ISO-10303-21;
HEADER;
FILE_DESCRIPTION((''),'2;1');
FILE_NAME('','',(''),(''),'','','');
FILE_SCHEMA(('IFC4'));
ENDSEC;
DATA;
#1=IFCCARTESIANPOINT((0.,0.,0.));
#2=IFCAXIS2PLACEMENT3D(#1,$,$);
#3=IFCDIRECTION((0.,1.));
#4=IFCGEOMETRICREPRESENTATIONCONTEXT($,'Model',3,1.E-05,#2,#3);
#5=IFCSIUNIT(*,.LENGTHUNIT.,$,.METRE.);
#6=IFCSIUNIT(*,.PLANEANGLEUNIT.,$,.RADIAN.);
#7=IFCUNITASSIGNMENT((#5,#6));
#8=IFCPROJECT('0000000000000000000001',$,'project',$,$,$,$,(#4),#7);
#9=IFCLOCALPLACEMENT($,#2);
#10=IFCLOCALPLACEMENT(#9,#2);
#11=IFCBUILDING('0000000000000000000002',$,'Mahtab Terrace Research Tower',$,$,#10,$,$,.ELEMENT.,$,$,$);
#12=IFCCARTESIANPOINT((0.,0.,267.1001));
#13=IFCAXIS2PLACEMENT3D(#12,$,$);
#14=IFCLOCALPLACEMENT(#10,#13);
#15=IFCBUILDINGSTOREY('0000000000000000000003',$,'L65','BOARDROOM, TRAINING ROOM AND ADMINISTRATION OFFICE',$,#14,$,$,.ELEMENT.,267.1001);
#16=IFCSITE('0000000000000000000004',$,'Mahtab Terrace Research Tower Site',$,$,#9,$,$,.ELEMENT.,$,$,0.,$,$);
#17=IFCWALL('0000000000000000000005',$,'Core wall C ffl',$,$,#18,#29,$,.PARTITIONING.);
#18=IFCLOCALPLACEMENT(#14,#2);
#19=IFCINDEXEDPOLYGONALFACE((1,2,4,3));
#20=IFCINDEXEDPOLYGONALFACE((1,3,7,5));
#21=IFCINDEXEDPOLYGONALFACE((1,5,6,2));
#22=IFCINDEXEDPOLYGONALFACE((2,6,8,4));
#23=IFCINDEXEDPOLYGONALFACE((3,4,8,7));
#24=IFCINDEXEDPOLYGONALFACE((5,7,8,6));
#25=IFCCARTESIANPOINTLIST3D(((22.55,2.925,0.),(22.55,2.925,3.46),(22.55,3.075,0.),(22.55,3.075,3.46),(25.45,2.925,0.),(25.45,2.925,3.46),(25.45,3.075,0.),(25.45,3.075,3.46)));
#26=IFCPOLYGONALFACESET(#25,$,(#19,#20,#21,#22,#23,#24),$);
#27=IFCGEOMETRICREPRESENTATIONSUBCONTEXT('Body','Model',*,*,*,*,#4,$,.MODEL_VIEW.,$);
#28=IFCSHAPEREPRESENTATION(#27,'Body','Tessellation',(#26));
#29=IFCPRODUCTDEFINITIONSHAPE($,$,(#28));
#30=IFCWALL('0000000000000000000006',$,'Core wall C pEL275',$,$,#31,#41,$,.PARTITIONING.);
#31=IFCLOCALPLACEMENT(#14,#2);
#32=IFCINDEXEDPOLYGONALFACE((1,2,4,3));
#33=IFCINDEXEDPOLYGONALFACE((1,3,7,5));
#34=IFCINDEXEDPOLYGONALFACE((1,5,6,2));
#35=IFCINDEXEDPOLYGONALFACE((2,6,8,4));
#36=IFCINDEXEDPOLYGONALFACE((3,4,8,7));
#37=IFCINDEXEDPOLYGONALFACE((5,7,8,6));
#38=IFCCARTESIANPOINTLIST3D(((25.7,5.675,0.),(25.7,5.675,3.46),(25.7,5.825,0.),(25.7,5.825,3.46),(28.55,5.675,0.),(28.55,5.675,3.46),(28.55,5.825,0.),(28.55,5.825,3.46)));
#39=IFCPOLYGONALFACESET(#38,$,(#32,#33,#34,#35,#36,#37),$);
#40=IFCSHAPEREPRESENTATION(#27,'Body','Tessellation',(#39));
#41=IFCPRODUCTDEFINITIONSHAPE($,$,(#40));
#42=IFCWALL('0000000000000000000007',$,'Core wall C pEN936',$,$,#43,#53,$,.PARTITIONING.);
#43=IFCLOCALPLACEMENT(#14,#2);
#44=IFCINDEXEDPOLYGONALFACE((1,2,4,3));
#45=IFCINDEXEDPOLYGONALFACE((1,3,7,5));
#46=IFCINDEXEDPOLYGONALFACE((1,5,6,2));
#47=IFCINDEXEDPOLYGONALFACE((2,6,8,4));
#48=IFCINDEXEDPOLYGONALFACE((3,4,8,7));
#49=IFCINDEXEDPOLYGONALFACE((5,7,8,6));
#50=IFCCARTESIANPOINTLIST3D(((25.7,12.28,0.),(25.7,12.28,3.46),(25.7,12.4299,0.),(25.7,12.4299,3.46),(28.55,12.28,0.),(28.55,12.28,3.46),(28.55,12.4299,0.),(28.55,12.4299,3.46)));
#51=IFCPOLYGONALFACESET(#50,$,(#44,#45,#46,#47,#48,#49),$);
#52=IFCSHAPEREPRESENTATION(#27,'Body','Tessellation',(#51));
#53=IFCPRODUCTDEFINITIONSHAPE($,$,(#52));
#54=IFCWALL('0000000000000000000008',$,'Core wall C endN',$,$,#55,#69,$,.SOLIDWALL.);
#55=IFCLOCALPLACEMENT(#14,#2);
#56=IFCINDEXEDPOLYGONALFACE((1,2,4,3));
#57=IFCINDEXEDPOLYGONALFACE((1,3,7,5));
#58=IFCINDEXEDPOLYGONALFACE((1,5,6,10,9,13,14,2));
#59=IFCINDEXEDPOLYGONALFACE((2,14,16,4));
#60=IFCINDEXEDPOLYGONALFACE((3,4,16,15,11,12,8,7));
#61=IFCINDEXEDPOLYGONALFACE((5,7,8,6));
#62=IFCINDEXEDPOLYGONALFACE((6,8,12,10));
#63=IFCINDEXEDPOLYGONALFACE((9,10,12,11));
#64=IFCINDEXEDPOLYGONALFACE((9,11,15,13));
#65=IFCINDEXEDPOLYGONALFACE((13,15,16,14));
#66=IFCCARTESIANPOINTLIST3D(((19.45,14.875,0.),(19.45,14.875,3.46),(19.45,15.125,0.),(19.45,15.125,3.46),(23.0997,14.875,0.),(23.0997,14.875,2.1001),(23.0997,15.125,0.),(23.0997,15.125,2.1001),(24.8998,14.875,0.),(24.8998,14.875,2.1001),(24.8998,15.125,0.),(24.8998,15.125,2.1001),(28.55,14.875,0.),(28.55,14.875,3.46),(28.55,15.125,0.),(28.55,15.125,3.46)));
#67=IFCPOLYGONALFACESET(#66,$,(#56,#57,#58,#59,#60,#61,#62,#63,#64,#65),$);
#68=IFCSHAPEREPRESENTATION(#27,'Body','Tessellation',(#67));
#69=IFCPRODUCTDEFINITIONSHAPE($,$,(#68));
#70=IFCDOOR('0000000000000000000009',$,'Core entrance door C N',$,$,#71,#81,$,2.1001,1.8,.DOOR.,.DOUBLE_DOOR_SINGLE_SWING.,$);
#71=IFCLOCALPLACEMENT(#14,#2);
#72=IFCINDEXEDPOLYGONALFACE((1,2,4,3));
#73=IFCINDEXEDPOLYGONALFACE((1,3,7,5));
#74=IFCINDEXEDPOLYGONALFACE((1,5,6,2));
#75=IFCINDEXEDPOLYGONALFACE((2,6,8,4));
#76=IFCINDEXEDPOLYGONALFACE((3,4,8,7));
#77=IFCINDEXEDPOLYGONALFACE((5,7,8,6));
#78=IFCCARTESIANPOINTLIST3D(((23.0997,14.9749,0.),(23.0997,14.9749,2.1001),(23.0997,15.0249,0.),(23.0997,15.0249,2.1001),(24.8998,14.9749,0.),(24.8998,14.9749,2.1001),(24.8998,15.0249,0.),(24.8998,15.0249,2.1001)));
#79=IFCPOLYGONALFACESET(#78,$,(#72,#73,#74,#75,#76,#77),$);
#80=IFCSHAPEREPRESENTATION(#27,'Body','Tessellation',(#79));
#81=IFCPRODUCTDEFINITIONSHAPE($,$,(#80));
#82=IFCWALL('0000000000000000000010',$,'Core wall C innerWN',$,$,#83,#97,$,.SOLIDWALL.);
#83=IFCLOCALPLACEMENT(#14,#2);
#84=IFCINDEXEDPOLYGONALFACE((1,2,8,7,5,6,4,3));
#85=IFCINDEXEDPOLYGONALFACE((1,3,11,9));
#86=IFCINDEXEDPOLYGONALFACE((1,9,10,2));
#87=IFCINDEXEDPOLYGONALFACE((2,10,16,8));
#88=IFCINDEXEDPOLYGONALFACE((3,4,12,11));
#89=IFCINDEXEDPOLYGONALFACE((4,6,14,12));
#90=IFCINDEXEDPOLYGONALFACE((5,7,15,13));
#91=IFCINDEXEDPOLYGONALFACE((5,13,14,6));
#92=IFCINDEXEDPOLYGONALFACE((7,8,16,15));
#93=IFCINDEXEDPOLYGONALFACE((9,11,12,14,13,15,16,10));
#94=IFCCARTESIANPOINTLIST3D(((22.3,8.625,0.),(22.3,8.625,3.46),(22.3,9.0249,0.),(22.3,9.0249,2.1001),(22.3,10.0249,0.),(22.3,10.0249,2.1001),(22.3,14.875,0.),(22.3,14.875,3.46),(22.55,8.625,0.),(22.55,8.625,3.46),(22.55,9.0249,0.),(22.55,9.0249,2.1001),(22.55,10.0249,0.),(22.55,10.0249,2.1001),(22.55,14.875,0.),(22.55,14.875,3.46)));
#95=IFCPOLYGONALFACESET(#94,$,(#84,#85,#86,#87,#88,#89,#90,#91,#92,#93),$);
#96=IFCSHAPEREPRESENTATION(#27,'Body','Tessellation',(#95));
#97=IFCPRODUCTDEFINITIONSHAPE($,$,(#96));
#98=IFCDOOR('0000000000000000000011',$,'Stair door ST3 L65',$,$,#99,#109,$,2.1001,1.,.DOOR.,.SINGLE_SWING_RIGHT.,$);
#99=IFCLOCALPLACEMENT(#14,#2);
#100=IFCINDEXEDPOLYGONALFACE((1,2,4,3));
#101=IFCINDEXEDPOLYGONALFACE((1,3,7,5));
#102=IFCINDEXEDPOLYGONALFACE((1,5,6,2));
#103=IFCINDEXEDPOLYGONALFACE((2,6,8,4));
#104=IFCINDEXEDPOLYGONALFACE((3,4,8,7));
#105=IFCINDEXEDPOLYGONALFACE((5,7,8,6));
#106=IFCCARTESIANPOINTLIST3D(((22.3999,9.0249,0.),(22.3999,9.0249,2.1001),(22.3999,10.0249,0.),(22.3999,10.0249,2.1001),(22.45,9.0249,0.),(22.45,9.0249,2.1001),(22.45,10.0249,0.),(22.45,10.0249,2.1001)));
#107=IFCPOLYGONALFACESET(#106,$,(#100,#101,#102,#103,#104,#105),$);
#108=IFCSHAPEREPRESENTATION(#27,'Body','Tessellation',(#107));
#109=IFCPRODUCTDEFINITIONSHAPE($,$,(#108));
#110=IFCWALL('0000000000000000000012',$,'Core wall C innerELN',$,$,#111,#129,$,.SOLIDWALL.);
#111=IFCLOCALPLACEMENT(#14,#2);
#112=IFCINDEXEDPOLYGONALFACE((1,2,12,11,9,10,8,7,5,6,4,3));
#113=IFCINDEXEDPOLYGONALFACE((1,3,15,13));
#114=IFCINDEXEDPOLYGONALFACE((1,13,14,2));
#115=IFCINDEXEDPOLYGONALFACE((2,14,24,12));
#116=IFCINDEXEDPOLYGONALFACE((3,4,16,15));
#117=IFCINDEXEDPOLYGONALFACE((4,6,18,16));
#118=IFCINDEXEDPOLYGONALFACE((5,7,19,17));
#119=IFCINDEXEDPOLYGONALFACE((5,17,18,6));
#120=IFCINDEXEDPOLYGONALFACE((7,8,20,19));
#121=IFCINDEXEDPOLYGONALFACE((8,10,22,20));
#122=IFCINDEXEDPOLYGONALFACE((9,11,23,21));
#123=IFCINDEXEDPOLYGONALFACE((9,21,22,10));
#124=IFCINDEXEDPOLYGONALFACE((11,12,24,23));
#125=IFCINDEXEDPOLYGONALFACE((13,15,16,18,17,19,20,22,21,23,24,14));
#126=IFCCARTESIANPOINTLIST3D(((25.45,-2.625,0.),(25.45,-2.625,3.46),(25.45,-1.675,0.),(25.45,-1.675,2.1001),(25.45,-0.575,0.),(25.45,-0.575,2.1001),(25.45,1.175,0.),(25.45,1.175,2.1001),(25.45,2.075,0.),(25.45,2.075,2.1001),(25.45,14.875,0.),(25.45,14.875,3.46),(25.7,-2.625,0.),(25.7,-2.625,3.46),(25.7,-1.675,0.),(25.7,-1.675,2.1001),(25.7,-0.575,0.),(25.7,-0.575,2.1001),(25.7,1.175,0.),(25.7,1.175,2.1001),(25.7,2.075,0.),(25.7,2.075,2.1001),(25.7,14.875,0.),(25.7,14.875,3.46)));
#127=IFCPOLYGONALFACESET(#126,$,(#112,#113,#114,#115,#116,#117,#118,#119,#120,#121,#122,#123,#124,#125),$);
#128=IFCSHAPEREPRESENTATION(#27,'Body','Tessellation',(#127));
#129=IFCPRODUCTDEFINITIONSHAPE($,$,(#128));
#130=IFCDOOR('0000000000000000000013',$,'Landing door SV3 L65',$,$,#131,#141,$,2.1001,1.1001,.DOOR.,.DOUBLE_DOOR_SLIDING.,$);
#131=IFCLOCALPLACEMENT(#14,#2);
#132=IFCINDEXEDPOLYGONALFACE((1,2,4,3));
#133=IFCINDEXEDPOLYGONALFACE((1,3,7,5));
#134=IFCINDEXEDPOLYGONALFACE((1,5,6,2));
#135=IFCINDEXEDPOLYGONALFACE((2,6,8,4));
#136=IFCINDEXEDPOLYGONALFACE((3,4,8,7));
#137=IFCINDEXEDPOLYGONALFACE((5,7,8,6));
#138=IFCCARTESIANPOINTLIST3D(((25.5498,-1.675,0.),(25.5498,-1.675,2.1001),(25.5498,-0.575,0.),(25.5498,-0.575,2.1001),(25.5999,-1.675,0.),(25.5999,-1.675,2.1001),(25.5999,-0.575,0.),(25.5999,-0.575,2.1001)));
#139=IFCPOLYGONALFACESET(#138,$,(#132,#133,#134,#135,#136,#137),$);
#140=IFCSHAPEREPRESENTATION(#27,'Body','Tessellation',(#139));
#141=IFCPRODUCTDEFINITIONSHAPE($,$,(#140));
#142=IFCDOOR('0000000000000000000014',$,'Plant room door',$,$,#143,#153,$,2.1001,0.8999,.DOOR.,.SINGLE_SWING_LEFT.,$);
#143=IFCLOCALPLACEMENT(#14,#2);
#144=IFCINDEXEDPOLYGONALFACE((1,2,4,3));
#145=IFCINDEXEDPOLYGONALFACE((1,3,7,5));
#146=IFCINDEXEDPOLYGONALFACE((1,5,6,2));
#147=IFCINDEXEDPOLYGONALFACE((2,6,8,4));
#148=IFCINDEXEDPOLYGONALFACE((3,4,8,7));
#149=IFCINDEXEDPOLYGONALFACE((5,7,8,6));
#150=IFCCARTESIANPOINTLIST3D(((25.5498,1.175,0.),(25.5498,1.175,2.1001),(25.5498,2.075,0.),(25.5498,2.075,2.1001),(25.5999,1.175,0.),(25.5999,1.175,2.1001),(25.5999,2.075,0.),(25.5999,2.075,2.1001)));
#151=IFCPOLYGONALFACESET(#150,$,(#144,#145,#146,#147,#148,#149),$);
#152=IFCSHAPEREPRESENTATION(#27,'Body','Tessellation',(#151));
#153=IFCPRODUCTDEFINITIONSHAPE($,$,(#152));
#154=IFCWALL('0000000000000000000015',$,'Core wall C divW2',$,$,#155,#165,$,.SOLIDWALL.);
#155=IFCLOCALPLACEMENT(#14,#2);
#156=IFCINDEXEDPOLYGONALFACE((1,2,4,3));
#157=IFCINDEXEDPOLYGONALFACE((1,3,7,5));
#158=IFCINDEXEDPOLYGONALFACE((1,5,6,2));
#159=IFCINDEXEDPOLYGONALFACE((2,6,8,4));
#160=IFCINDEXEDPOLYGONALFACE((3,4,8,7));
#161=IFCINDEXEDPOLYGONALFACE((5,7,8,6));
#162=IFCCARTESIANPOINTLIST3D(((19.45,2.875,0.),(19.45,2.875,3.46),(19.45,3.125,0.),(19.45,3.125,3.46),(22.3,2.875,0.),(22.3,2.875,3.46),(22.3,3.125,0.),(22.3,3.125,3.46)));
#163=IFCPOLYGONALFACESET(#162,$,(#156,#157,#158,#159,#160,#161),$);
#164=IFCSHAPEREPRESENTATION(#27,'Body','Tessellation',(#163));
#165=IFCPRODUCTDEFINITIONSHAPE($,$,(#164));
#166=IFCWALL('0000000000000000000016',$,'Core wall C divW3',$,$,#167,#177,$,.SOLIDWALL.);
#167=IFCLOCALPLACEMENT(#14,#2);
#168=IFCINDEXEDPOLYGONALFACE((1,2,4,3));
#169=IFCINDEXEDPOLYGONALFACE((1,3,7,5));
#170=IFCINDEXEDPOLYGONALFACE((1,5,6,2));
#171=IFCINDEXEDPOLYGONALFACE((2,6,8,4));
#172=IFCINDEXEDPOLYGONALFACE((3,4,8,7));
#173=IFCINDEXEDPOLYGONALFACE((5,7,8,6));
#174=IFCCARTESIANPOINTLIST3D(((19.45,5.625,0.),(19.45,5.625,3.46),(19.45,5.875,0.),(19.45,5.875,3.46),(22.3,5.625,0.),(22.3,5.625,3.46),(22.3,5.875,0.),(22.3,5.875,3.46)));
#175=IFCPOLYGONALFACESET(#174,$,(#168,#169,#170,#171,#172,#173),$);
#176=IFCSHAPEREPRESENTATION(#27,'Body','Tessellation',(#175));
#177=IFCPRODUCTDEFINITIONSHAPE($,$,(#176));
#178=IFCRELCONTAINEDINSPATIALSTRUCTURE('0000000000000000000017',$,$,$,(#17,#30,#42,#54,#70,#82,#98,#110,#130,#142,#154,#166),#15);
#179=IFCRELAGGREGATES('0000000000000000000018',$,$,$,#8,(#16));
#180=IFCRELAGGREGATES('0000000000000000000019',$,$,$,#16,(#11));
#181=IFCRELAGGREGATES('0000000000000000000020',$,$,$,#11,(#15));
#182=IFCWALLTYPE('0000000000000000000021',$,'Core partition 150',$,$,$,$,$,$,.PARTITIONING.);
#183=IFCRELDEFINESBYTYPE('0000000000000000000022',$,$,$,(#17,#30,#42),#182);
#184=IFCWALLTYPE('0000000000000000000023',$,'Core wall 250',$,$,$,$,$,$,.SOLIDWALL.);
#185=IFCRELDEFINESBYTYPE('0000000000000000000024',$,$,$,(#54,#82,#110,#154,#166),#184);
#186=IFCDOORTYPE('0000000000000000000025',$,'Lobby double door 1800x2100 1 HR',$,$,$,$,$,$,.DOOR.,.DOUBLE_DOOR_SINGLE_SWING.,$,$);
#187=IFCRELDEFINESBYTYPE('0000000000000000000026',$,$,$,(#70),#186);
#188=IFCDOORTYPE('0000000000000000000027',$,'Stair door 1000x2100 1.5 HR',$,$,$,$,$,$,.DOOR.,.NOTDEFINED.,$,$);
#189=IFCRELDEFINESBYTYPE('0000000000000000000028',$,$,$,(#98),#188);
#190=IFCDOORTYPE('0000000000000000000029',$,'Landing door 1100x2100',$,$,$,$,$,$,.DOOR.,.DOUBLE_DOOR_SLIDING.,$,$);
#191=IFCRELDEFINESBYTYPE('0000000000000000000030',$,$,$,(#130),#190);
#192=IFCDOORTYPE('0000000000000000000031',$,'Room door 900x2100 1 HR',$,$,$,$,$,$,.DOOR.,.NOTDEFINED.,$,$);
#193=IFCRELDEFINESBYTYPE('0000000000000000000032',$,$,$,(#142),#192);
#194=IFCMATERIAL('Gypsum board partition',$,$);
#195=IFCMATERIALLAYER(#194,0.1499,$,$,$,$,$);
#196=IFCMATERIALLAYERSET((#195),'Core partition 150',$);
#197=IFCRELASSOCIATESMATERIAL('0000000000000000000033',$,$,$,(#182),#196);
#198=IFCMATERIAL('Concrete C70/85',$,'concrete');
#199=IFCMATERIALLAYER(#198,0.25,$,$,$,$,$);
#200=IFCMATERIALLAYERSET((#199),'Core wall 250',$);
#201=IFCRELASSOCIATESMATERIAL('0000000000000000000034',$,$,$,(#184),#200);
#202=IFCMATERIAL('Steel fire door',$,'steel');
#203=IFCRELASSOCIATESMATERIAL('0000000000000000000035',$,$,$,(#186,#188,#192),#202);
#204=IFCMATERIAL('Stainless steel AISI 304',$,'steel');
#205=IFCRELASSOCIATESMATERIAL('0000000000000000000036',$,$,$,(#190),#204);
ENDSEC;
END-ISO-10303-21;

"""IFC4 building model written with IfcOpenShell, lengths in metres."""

from ifc_helpers import new_model, si_unit, direction, frame, frame_2d, origin, place, context, subcontext, project, spatial, rectangle, extrude, material, layer, layer_set, type_object, element, fill, save


model = new_model("IFC4")

# Units and contexts
model_context = context("Model", 3, precision=1e-05, world=origin(), true_north=direction((0.0, 1.0)))
body_context = subcontext(model_context, "Body", "Model", "MODEL_VIEW")
ifc_project = project(units=[si_unit("LENGTHUNIT", "METRE"), si_unit("PLANEANGLEUNIT", "RADIAN")], contexts=[model_context])

# Site, building, storey
site_placement = place(None, origin())
site = spatial("IfcSite", under=ifc_project, at=site_placement, Name="Mahtab Terrace Research Tower Site", CompositionType="ELEMENT", RefElevation=0.0)
building_placement = place(site_placement, origin())
building = spatial("IfcBuilding", under=site, at=building_placement, Name="Mahtab Terrace Research Tower", CompositionType="ELEMENT")
storey_placement = place(building_placement, frame((0.0, 0.0, 267.1001)))
storey = spatial("IfcBuildingStorey", under=building, at=storey_placement, Name="L65", Description="BOARDROOM, TRAINING ROOM AND ADMINISTRATION OFFICE", CompositionType="ELEMENT", Elevation=267.1001)

# Walls
ifc_material_1 = material(Name="Gypsum board partition")
ifc_layer_1 = layer(ifc_material_1, 0.1499)
ifc_layer_set_1 = layer_set([ifc_layer_1], Name="Core partition 150")
wall_type_1 = type_object("IfcWallType", Name="Core partition 150", PredefinedType="PARTITIONING", material=ifc_layer_set_1)
wall_1_placement = place(storey_placement, frame((22.55, 3.0, 0.0), z_axis=(0.0, 0.0, 1.0), x_axis=(1.0, 0.0, 0.0)))
element("IfcWall", 1, at=wall_1_placement, inside=storey, type_object=wall_type_1, Name="Core wall C ffl", PredefinedType="PARTITIONING", context=body_context, shape_type="SweptSolid", body=[
    extrude(rectangle(XDim=2.8999, YDim=0.1499, at=frame_2d((1.45, 0.0))), origin(), (0.0, 0.0, 1.0), 3.46),
])
for number, where, z_axis, x_axis, name in (
    (2, (25.7, 5.75, 0.0), (0.0, 0.0, 1.0), (1.0, 0.0, 0.0), "Core wall C pEL275"),
    (3, (25.7, 12.355, 0.0), (0.0, 0.0, 1.0), (1.0, 0.0, 0.0), "Core wall C pEN936"),
):
    element("IfcWall", number, at=place(storey_placement, frame(where, z_axis=z_axis, x_axis=x_axis)), inside=storey, type_object=wall_type_1, Name=name, PredefinedType="PARTITIONING", context=body_context, shape_type="SweptSolid", body=[
        extrude(rectangle(XDim=2.8501, YDim=0.1499, at=frame_2d((1.425, 0.0))), origin(), (0.0, 0.0, 1.0), 3.46),
    ])

# Walls, openings, doors
ifc_material_2 = material(Name="Concrete C70/85", Category="concrete")
ifc_layer_2 = layer(ifc_material_2, 0.25)
ifc_layer_set_2 = layer_set([ifc_layer_2], Name="Core wall 250")
wall_type_2 = type_object("IfcWallType", Name="Core wall 250", PredefinedType="SOLIDWALL", material=ifc_layer_set_2)
wall_2_placement = place(storey_placement, frame((19.45, 15.0, 0.0), z_axis=(0.0, 0.0, 1.0), x_axis=(1.0, 0.0, 0.0)))
wall_2 = element("IfcWall", 4, at=wall_2_placement, inside=storey, type_object=wall_type_2, Name="Core wall C endN", PredefinedType="SOLIDWALL", context=body_context, shape_type="SweptSolid", body=[
    extrude(rectangle(XDim=9.1001, YDim=0.25, at=frame_2d((4.55, 0.0))), origin(), (0.0, 0.0, 1.0), 3.46),
])
opening_1_placement = place(wall_2_placement, frame((3.6499, 0.0, 0.0)))
opening_1 = element("IfcOpeningElement", 5, at=opening_1_placement, cuts=wall_2, PredefinedType="OPENING", context=body_context, shape_type="SweptSolid", body=[
    extrude(rectangle(XDim=1.8, YDim=2.1001, at=frame_2d((0.8999, 1.05))), frame((0.0, 0.135, 0.0), z_axis=(0.0, -1.0, 0.0), x_axis=(1.0, 0.0, 0.0)), (0.0, 0.0, 1.0), 0.27),
])
ifc_material_3 = material(Name="Steel fire door", Category="steel")
door_type_1 = type_object("IfcDoorType", Name="Lobby double door 1800x2100 1 HR", OperationType="DOUBLE_DOOR_SINGLE_SWING", PredefinedType="DOOR", material=ifc_material_3)
door_1_placement = place(opening_1_placement, origin())
door_1 = element("IfcDoor", 6, at=door_1_placement, inside=storey, type_object=door_type_1, Name="Core entrance door C N", OperationType="DOUBLE_DOOR_SINGLE_SWING", OverallHeight=2.1001, OverallWidth=1.8, PredefinedType="DOOR", context=body_context, shape_type="SweptSolid", body=[
    extrude(rectangle(XDim=1.8, YDim=2.1001, at=frame_2d((0.8999, 1.05))), frame((0.0, 0.0249, 0.0), z_axis=(0.0, -1.0, 0.0), x_axis=(1.0, 0.0, 0.0)), (0.0, 0.0, 1.0), 0.05),
])
fill(opening_1, door_1)
wall_3_placement = place(storey_placement, frame((22.425, 14.875, 0.0), z_axis=(0.0, 0.0, 1.0), x_axis=(0.0, -1.0, 0.0)))
wall_3 = element("IfcWall", 7, at=wall_3_placement, inside=storey, type_object=wall_type_2, Name="Core wall C innerWN", PredefinedType="SOLIDWALL", context=body_context, shape_type="SweptSolid", body=[
    extrude(rectangle(XDim=6.25, YDim=0.25, at=frame_2d((3.125, 0.0))), origin(), (0.0, 0.0, 1.0), 3.46),
])
opening_2_placement = place(wall_3_placement, frame((4.8501, 0.0, 0.0)))
opening_2 = element("IfcOpeningElement", 8, at=opening_2_placement, cuts=wall_3, PredefinedType="OPENING", context=body_context, shape_type="SweptSolid", body=[
    extrude(rectangle(XDim=1.0, YDim=2.1001, at=frame_2d((0.5, 1.05))), frame((0.0, 0.135, 0.0), z_axis=(0.0, -1.0, 0.0), x_axis=(1.0, 0.0, 0.0)), (0.0, 0.0, 1.0), 0.27),
])
door_type_2 = type_object("IfcDoorType", Name="Stair door 1000x2100 1.5 HR", OperationType="NOTDEFINED", PredefinedType="DOOR", material=ifc_material_3)
door_2_placement = place(opening_2_placement, origin())
door_2 = element("IfcDoor", 9, at=door_2_placement, inside=storey, type_object=door_type_2, Name="Stair door ST3 L65", OperationType="SINGLE_SWING_RIGHT", OverallHeight=2.1001, OverallWidth=1.0, PredefinedType="DOOR", context=body_context, shape_type="SweptSolid", body=[
    extrude(rectangle(XDim=1.0, YDim=2.1001, at=frame_2d((0.5, 1.05))), frame((0.0, 0.0249, 0.0), z_axis=(0.0, -1.0, 0.0), x_axis=(1.0, 0.0, 0.0)), (0.0, 0.0, 1.0), 0.05),
])
fill(opening_2, door_2)

# Wall, openings, doors
wall_4_placement = place(storey_placement, frame((25.575, 14.875, 0.0), z_axis=(0.0, 0.0, 1.0), x_axis=(0.0, -1.0, 0.0)))
wall_4 = element("IfcWall", 10, at=wall_4_placement, inside=storey, type_object=wall_type_2, Name="Core wall C innerELN", PredefinedType="SOLIDWALL", context=body_context, shape_type="SweptSolid", body=[
    extrude(rectangle(XDim=17.5, YDim=0.25, at=frame_2d((8.75, 0.0))), origin(), (0.0, 0.0, 1.0), 3.46),
])
opening_3_placement = place(wall_4_placement, frame((15.45, 0.0, 0.0)))
opening_3 = element("IfcOpeningElement", 11, at=opening_3_placement, cuts=wall_4, PredefinedType="OPENING", context=body_context, shape_type="SweptSolid", body=[
    extrude(rectangle(XDim=1.1001, YDim=2.1001, at=frame_2d((0.55, 1.05))), frame((0.0, 0.135, 0.0), z_axis=(0.0, -1.0, 0.0), x_axis=(1.0, 0.0, 0.0)), (0.0, 0.0, 1.0), 0.27),
])
opening_4_placement = place(wall_4_placement, frame((12.8, 0.0, 0.0)))
opening_4 = element("IfcOpeningElement", 12, at=opening_4_placement, cuts=wall_4, PredefinedType="OPENING", context=body_context, shape_type="SweptSolid", body=[
    extrude(rectangle(XDim=0.8999, YDim=2.1001, at=frame_2d((0.45, 1.05))), frame((0.0, 0.135, 0.0), z_axis=(0.0, -1.0, 0.0), x_axis=(1.0, 0.0, 0.0)), (0.0, 0.0, 1.0), 0.27),
])
ifc_material_4 = material(Name="Stainless steel AISI 304", Category="steel")
door_type_3 = type_object("IfcDoorType", Name="Landing door 1100x2100", OperationType="DOUBLE_DOOR_SLIDING", PredefinedType="DOOR", material=ifc_material_4)
door_3_placement = place(opening_3_placement, origin())
door_3 = element("IfcDoor", 13, at=door_3_placement, inside=storey, type_object=door_type_3, Name="Landing door SV3 L65", OperationType="DOUBLE_DOOR_SLIDING", OverallHeight=2.1001, OverallWidth=1.1001, PredefinedType="DOOR", context=body_context, shape_type="SweptSolid", body=[
    extrude(rectangle(XDim=1.1001, YDim=2.1001, at=frame_2d((0.55, 1.05))), frame((0.0, 0.0249, 0.0), z_axis=(0.0, -1.0, 0.0), x_axis=(1.0, 0.0, 0.0)), (0.0, 0.0, 1.0), 0.05),
])
fill(opening_3, door_3)
door_type_4 = type_object("IfcDoorType", Name="Room door 900x2100 1 HR", OperationType="NOTDEFINED", PredefinedType="DOOR", material=ifc_material_3)
door_4_placement = place(opening_4_placement, origin())
door_4 = element("IfcDoor", 14, at=door_4_placement, inside=storey, type_object=door_type_4, Name="Plant room door", OperationType="SINGLE_SWING_LEFT", OverallHeight=2.1001, OverallWidth=0.8999, PredefinedType="DOOR", context=body_context, shape_type="SweptSolid", body=[
    extrude(rectangle(XDim=0.8999, YDim=2.1001, at=frame_2d((0.45, 1.05))), frame((0.0, 0.0249, 0.0), z_axis=(0.0, -1.0, 0.0), x_axis=(1.0, 0.0, 0.0)), (0.0, 0.0, 1.0), 0.05),
])
fill(opening_4, door_4)

# Walls
for number, where, z_axis, x_axis, name in (
    (15, (19.45, 3.0, 0.0), (0.0, 0.0, 1.0), (1.0, 0.0, 0.0), "Core wall C divW2"),
    (16, (19.45, 5.75, 0.0), (0.0, 0.0, 1.0), (1.0, 0.0, 0.0), "Core wall C divW3"),
):
    element("IfcWall", number, at=place(storey_placement, frame(where, z_axis=z_axis, x_axis=x_axis)), inside=storey, type_object=wall_type_2, Name=name, PredefinedType="SOLIDWALL", context=body_context, shape_type="SweptSolid", body=[
        extrude(rectangle(XDim=2.8501, YDim=0.25, at=frame_2d((1.425, 0.0))), origin(), (0.0, 0.0, 1.0), 3.46),
    ])

save(model, "model.ifc")
